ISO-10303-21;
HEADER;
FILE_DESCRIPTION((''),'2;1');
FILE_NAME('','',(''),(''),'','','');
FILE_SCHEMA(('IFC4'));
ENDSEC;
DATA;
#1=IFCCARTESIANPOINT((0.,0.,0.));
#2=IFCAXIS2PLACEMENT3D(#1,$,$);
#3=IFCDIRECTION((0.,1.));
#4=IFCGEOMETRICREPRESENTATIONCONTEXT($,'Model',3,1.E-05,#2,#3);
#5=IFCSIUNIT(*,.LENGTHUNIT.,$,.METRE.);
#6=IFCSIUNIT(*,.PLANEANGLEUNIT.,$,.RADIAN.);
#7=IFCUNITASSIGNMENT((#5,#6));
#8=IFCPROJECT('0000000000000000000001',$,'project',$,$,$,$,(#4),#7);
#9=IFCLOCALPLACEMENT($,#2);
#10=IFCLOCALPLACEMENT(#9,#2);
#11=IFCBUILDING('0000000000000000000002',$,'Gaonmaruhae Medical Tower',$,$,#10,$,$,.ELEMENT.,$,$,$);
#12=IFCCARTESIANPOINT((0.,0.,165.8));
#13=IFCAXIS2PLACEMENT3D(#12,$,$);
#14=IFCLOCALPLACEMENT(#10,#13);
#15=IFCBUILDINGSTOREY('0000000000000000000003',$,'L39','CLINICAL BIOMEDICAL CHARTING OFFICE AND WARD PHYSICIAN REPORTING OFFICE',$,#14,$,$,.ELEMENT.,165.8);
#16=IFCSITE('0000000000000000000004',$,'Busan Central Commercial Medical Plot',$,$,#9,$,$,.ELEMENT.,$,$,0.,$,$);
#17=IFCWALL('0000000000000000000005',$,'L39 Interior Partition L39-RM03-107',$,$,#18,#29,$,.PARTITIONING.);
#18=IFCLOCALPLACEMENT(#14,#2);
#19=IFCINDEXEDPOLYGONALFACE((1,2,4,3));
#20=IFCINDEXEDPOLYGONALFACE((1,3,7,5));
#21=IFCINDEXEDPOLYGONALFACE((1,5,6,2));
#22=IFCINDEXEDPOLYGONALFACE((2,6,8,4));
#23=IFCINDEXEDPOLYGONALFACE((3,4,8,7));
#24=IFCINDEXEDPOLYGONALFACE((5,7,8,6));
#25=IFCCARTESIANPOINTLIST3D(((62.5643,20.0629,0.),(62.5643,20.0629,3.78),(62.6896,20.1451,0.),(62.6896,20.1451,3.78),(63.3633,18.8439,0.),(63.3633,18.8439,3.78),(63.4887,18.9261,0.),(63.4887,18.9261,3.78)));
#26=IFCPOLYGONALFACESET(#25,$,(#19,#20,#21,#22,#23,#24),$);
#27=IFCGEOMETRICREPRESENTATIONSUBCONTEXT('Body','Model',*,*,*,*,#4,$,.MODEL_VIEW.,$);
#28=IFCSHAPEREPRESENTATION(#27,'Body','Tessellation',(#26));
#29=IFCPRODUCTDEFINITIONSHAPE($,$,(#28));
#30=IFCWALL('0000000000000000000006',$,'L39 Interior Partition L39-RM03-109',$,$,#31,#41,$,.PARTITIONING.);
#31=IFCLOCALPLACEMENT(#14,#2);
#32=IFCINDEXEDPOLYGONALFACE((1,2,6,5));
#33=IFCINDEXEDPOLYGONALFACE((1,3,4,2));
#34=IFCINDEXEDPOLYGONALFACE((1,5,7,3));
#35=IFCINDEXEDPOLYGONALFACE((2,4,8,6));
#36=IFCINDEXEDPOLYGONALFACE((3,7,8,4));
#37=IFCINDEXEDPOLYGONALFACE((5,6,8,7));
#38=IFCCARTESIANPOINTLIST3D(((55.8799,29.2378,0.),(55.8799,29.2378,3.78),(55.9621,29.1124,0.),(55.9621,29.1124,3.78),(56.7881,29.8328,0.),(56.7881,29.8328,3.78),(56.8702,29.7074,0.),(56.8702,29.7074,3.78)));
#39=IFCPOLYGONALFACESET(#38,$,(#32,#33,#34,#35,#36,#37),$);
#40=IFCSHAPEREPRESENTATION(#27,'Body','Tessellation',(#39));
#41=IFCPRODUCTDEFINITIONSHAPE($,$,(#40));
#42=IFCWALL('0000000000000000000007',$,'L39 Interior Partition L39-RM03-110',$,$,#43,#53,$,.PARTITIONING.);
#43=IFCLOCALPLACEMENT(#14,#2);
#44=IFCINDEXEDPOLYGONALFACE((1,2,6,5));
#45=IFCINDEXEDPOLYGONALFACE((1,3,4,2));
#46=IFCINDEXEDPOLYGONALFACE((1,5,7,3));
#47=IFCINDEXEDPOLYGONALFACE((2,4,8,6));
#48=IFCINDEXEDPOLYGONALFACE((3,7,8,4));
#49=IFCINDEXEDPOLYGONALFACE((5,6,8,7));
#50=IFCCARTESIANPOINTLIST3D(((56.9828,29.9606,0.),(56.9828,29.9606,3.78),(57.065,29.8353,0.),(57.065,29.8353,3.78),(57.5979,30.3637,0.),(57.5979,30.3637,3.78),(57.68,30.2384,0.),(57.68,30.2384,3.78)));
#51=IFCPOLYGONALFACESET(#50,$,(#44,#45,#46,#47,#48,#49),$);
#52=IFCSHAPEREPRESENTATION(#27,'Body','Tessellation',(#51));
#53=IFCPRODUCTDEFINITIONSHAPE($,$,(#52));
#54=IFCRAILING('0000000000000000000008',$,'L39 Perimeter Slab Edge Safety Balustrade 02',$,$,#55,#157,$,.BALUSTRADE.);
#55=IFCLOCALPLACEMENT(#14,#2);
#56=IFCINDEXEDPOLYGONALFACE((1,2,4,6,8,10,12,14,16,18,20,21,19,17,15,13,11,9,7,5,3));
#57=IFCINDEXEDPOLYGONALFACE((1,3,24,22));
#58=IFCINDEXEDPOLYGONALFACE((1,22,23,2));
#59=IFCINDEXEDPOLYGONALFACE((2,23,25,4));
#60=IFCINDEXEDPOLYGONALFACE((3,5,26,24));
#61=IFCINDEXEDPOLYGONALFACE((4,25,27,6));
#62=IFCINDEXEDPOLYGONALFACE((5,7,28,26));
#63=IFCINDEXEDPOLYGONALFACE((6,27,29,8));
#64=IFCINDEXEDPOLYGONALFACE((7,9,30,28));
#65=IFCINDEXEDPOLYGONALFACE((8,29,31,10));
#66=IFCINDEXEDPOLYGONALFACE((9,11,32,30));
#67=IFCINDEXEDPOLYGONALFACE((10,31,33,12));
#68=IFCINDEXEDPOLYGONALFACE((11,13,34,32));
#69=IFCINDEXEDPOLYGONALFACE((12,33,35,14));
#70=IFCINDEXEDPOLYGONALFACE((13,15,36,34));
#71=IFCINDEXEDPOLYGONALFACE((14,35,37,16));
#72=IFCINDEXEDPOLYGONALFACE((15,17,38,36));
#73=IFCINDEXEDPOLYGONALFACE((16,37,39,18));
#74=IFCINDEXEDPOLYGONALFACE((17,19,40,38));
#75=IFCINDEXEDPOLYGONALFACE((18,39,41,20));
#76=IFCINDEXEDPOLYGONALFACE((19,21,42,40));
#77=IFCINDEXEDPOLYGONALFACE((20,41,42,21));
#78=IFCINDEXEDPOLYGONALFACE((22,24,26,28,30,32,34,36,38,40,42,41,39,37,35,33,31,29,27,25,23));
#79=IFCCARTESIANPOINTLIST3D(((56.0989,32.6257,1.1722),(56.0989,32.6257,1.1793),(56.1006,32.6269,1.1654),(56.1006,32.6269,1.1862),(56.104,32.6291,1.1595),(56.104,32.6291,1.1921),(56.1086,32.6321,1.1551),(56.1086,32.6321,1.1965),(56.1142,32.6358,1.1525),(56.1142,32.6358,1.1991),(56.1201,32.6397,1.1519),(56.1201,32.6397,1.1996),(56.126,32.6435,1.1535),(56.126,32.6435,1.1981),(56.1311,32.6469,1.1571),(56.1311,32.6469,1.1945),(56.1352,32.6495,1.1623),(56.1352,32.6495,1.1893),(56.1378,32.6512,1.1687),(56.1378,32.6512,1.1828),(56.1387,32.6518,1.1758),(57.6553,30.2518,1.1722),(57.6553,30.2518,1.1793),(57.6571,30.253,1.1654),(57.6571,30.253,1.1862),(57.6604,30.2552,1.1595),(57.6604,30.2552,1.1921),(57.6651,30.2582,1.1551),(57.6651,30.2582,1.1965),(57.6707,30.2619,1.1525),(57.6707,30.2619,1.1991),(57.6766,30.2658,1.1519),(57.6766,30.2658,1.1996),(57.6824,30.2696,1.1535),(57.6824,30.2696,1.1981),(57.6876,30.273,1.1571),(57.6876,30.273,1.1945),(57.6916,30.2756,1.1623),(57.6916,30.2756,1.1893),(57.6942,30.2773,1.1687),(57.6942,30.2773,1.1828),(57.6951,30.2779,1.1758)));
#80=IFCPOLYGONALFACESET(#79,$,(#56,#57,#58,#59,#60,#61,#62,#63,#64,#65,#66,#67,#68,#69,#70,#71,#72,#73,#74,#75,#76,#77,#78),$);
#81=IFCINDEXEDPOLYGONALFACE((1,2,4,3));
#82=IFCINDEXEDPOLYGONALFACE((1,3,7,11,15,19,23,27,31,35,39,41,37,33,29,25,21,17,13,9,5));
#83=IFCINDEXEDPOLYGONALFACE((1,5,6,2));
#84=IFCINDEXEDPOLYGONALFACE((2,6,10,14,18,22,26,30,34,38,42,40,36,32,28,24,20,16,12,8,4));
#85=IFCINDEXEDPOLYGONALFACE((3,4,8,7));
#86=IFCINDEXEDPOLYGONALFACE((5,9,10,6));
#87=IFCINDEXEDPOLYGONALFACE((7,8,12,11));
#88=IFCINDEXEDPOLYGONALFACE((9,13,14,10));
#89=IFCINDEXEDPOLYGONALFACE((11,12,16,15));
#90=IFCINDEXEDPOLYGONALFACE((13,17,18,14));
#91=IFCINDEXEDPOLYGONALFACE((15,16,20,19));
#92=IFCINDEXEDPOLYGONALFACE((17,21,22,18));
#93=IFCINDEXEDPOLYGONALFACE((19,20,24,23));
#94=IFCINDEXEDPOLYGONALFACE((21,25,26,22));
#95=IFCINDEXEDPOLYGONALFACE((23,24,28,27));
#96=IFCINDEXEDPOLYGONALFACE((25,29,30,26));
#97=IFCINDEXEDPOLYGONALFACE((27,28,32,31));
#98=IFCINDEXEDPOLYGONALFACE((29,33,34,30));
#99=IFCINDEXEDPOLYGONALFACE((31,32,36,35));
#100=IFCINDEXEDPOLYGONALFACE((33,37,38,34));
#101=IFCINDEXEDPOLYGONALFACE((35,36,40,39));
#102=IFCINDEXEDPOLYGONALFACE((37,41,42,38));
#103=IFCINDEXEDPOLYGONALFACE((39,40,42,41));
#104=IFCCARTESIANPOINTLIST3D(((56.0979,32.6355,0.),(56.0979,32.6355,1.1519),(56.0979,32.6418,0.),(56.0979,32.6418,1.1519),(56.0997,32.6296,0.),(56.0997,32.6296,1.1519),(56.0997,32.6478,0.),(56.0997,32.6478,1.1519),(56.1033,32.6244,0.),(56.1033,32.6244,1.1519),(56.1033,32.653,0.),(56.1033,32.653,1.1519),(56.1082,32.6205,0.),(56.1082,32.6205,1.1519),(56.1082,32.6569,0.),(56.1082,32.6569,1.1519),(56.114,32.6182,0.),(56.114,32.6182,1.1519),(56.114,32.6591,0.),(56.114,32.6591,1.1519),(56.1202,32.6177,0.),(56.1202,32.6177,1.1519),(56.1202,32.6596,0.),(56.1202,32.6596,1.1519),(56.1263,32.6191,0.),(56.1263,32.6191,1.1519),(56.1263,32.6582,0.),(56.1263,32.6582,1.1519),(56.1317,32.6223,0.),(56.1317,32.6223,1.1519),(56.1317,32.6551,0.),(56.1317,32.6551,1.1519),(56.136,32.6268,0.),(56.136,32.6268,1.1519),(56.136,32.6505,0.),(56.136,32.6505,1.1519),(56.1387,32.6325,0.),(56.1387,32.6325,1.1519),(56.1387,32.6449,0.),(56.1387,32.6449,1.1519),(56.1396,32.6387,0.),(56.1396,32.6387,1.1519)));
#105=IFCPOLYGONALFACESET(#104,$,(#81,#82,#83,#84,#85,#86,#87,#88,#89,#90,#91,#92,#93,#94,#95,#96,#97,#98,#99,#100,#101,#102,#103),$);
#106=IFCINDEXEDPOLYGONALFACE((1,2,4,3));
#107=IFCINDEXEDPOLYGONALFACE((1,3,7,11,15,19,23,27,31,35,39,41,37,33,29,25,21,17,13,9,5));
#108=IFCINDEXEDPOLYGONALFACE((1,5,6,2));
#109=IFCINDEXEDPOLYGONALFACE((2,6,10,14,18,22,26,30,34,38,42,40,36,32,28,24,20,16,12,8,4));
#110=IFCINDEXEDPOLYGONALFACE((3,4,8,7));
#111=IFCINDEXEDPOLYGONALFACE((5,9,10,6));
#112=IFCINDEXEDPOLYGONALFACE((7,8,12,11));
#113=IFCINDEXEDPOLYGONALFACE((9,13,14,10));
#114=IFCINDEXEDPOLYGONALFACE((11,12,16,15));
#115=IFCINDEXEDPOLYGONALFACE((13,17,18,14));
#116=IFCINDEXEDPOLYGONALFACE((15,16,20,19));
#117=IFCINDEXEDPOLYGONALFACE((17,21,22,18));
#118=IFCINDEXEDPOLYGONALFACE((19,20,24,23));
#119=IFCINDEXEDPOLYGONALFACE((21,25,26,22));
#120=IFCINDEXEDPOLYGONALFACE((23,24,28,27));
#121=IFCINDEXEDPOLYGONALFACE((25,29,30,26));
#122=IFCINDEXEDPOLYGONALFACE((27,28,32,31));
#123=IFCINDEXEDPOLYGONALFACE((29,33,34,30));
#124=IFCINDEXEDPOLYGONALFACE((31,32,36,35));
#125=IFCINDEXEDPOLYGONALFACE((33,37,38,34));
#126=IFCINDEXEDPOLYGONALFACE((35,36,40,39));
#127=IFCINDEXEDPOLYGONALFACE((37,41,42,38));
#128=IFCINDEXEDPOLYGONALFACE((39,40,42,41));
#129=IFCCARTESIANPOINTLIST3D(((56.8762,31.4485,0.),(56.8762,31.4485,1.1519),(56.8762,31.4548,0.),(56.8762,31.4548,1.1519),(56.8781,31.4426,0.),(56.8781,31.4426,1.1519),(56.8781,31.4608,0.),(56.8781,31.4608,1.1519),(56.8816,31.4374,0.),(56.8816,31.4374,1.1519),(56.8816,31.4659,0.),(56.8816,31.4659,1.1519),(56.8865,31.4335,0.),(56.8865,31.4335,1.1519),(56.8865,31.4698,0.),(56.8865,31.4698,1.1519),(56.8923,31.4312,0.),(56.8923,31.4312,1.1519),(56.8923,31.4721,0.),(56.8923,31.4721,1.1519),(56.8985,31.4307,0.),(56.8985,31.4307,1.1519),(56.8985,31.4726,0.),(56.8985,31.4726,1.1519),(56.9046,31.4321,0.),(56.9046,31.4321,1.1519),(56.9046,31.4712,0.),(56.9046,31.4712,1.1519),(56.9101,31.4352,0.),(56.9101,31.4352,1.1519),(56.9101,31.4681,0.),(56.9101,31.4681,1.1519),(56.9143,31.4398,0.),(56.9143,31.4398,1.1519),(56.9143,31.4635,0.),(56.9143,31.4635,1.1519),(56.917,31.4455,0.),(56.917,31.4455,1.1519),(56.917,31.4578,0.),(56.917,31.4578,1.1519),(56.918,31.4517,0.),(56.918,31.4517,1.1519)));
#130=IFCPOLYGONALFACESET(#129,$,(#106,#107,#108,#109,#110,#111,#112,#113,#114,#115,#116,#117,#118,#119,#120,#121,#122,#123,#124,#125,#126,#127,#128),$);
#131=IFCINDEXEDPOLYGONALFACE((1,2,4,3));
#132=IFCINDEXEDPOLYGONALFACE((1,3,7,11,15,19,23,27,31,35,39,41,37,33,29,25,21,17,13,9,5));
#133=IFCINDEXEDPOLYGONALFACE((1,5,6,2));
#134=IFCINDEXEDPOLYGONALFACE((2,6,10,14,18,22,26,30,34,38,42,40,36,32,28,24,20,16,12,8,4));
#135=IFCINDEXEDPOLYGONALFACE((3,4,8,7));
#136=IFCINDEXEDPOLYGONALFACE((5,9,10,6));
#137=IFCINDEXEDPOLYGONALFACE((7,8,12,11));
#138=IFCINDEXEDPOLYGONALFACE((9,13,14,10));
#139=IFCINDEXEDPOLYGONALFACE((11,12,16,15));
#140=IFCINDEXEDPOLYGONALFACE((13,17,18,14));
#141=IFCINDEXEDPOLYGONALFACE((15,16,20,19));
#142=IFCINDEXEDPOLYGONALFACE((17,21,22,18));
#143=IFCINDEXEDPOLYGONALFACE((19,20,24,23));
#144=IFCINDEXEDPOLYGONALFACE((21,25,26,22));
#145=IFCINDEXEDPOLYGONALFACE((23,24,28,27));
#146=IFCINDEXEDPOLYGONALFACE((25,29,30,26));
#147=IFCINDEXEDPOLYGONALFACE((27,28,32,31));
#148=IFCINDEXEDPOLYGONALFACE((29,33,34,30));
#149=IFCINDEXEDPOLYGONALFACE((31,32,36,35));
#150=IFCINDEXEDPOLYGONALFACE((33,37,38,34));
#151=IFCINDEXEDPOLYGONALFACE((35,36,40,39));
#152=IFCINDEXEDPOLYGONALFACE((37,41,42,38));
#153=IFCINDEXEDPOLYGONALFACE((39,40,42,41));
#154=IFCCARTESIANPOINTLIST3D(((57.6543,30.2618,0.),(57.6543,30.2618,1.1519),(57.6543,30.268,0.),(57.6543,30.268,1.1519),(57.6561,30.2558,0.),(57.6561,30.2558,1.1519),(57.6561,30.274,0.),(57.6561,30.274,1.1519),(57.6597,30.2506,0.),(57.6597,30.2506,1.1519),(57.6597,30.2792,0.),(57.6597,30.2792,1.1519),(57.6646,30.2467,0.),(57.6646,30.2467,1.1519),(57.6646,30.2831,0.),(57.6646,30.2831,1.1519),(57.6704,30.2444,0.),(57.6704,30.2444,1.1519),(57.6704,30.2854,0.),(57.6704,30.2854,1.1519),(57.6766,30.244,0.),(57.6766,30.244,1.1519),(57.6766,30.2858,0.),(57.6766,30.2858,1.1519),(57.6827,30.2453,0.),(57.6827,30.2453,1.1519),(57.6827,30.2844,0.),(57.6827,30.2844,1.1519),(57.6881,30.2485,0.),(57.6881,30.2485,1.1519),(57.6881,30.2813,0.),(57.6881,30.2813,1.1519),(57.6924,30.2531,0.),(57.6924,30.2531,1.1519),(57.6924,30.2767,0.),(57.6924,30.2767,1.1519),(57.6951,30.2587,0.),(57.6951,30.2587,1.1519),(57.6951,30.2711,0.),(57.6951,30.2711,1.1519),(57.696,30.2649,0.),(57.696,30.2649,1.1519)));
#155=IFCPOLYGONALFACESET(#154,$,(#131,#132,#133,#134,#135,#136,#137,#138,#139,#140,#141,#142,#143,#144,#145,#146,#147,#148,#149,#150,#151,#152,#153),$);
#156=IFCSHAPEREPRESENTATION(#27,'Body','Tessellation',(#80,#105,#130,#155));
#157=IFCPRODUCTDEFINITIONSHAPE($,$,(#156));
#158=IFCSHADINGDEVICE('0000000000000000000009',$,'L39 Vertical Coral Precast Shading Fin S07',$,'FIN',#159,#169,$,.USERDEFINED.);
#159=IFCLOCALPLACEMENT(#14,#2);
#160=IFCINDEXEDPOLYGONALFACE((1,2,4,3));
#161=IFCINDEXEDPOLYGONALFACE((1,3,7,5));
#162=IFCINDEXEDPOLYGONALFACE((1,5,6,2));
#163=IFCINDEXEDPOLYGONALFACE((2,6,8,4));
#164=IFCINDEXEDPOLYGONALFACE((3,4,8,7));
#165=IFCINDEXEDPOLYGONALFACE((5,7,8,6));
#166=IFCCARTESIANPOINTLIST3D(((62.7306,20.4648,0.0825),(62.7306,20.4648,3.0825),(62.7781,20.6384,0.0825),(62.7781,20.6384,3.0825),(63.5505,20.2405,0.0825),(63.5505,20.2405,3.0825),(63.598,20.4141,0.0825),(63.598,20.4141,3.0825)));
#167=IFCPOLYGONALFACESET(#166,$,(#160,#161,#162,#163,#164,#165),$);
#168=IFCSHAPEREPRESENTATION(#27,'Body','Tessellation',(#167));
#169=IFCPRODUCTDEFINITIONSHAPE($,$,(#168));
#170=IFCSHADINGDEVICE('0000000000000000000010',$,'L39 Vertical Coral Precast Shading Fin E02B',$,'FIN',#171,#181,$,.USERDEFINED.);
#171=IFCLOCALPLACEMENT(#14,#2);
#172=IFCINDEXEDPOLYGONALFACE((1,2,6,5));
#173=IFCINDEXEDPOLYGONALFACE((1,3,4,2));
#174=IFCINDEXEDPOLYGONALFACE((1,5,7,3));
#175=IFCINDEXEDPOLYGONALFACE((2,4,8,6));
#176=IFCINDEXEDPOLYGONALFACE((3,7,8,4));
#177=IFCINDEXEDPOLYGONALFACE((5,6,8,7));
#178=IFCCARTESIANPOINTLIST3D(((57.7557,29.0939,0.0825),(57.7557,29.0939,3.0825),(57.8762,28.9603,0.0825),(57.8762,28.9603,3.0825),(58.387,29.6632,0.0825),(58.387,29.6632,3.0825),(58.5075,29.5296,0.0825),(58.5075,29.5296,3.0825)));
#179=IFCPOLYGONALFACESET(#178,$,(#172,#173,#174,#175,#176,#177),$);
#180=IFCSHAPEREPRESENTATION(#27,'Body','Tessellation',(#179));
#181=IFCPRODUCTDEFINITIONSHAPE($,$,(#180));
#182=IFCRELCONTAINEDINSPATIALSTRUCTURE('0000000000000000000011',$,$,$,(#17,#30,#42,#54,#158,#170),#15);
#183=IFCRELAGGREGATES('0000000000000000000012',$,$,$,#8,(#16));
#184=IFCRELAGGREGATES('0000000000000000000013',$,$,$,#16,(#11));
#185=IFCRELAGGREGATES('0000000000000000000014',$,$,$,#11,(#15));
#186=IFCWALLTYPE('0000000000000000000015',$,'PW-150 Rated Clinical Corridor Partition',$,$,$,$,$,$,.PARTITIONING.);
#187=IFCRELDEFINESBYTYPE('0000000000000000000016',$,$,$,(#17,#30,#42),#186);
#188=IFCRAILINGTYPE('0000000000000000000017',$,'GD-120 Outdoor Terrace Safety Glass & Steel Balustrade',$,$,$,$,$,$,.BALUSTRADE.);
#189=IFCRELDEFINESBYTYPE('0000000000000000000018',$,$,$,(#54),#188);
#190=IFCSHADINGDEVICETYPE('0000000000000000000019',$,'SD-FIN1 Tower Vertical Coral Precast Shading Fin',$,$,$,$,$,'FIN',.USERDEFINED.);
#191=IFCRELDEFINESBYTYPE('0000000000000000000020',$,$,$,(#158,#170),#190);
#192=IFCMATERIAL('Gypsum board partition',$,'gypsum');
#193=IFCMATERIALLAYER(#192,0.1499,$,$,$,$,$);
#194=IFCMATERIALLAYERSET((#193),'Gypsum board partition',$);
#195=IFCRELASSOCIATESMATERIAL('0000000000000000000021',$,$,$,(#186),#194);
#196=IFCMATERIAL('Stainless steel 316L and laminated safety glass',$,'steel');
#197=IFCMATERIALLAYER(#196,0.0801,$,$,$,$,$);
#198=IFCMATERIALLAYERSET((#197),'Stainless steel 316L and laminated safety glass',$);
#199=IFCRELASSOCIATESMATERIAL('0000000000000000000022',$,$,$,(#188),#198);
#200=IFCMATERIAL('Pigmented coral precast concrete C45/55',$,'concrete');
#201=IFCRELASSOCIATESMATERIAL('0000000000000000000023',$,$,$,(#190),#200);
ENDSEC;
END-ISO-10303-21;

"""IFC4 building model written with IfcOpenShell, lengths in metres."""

from ifc_helpers import new_model, si_unit, direction, frame, frame_2d, origin, origin_2d, place, context, subcontext, project, spatial, rectangle, circle, extrude, material, layer, layer_set, type_object, element, save


model = new_model("IFC4")

# Units and contexts
model_context = context("Model", 3, precision=1e-05, world=origin(), true_north=direction((0.0, 1.0)))
body_context = subcontext(model_context, "Body", "Model", "MODEL_VIEW")
ifc_project = project(units=[si_unit("LENGTHUNIT", "METRE"), si_unit("PLANEANGLEUNIT", "RADIAN")], contexts=[model_context])

# Site, building, storey
site_placement = place(None, origin())
site = spatial("IfcSite", under=ifc_project, at=site_placement, Name="Busan Central Commercial Medical Plot", CompositionType="ELEMENT", RefElevation=0.0)
building_placement = place(site_placement, origin())
building = spatial("IfcBuilding", under=site, at=building_placement, Name="Gaonmaruhae Medical Tower", CompositionType="ELEMENT")
storey_placement = place(building_placement, frame((0.0, 0.0, 165.8)))
storey = spatial("IfcBuildingStorey", under=building, at=storey_placement, Name="L39", Description="CLINICAL BIOMEDICAL CHARTING OFFICE AND WARD PHYSICIAN REPORTING OFFICE", CompositionType="ELEMENT", Elevation=165.8)

# Shared definitions
ifc_material_1 = material(Name="Gypsum board partition", Category="gypsum")
ifc_layer_1 = layer(ifc_material_1, 0.1499)
ifc_layer_set_1 = layer_set([ifc_layer_1], Name="Gypsum board partition")
wall_type_1 = type_object("IfcWallType", Name="PW-150 Rated Clinical Corridor Partition", PredefinedType="PARTITIONING", material=ifc_layer_set_1)

# Walls
wall_1_placement = place(storey_placement, frame((62.627, 20.104, 0.0), z_axis=(0.0, 0.0, 1.0), x_axis=(0.548228, -0.836329, 0.0)))
element("IfcWall", 1, at=wall_1_placement, inside=storey, type_object=wall_type_1, Name="L39 Interior Partition L39-RM03-107", PredefinedType="PARTITIONING", context=body_context, shape_type="SweptSolid", body=[
    extrude(rectangle(XDim=1.4575, YDim=0.1499, at=frame_2d((0.7288, 0.0))), origin(), (0.0, 0.0, 1.0), 3.78),
])
wall_2_placement = place(storey_placement, frame((55.9209, 29.175, 0.0), z_axis=(0.0, 0.0, 1.0), x_axis=(0.836486, 0.547988, 0.0)))
element("IfcWall", 2, at=wall_2_placement, inside=storey, type_object=wall_type_1, Name="L39 Interior Partition L39-RM03-109", PredefinedType="PARTITIONING", context=body_context, shape_type="SweptSolid", body=[
    extrude(rectangle(XDim=1.0857, YDim=0.1499, at=frame_2d((0.543, 0.0))), origin(), (0.0, 0.0, 1.0), 3.78),
])
wall_3_placement = place(storey_placement, frame((57.0239, 29.8979, 0.0), z_axis=(0.0, 0.0, 1.0), x_axis=(0.836367, 0.54817, 0.0)))
element("IfcWall", 3, at=wall_3_placement, inside=storey, type_object=wall_type_1, Name="L39 Interior Partition L39-RM03-110", PredefinedType="PARTITIONING", context=body_context, shape_type="SweptSolid", body=[
    extrude(rectangle(XDim=0.7354, YDim=0.1499, at=frame_2d((0.3677, 0.0))), origin(), (0.0, 0.0, 1.0), 3.78),
])

# Railing
ifc_material_2 = material(Name="Stainless steel 316L and laminated safety glass", Category="steel")
ifc_layer_2 = layer(ifc_material_2, 0.0801)
ifc_layer_set_2 = layer_set([ifc_layer_2], Name="Stainless steel 316L and laminated safety glass")
railing_type = type_object("IfcRailingType", Name="GD-120 Outdoor Terrace Safety Glass & Steel Balustrade", PredefinedType="BALUSTRADE", material=ifc_layer_set_2)
railing_placement = place(storey_placement, frame((56.1187, 32.6387, 0.0)))
element("IfcRailing", 4, at=railing_placement, inside=storey, type_object=railing_type, Name="L39 Perimeter Slab Edge Safety Balustrade 02", PredefinedType="BALUSTRADE", context=body_context, shape_type="SweptSolid", body=[
    extrude(circle(Radius=0.0239, at=origin_2d()), frame((0.0, 0.0, 1.1758), z_axis=(0.548313, -0.836273, 0.0), x_axis=(0.836273, 0.548313, 0.0)), (0.0, 0.0, 1.0), 2.8386),
    extrude(circle(Radius=0.021, at=origin_2d()), origin(), (0.0, 0.0, 1.0), 1.1519),
    extrude(circle(Radius=0.021, at=origin_2d()), frame((0.7783, -1.187, 0.0)), (0.0, 0.0, 1.0), 1.1519),
    extrude(circle(Radius=0.021, at=origin_2d()), frame((1.5564, -2.3738, 0.0)), (0.0, 0.0, 1.0), 1.1519),
])

# Shading devices
ifc_material_3 = material(Name="Pigmented coral precast concrete C45/55", Category="concrete")
shading_device_type = type_object("IfcShadingDeviceType", Name="SD-FIN1 Tower Vertical Coral Precast Shading Fin", ElementType="FIN", PredefinedType="USERDEFINED", material=ifc_material_3)
for number, where, z_axis, x_axis, name in (
    (5, (63.1643, 20.4395, 0.0825), (0.0, 0.0, 1.0), (-0.263907, -0.964548, 0.0), "L39 Vertical Coral Precast Shading Fin S07"),
    (6, (58.1316, 29.3118, 0.0825), (0.0, 0.0, 1.0), (0.669649, -0.742678, 0.0), "L39 Vertical Coral Precast Shading Fin E02B"),
):
    element("IfcShadingDevice", number, at=place(storey_placement, frame(where, z_axis=z_axis, x_axis=x_axis)), inside=storey, type_object=shading_device_type, Name=name, ObjectType="FIN", PredefinedType="USERDEFINED", context=body_context, shape_type="SweptSolid", body=[
        extrude(rectangle(XDim=0.1799, YDim=0.8501, at=origin_2d()), origin(), (0.0, 0.0, 1.0), 3.0),
    ])

save(model, "model.ifc")
